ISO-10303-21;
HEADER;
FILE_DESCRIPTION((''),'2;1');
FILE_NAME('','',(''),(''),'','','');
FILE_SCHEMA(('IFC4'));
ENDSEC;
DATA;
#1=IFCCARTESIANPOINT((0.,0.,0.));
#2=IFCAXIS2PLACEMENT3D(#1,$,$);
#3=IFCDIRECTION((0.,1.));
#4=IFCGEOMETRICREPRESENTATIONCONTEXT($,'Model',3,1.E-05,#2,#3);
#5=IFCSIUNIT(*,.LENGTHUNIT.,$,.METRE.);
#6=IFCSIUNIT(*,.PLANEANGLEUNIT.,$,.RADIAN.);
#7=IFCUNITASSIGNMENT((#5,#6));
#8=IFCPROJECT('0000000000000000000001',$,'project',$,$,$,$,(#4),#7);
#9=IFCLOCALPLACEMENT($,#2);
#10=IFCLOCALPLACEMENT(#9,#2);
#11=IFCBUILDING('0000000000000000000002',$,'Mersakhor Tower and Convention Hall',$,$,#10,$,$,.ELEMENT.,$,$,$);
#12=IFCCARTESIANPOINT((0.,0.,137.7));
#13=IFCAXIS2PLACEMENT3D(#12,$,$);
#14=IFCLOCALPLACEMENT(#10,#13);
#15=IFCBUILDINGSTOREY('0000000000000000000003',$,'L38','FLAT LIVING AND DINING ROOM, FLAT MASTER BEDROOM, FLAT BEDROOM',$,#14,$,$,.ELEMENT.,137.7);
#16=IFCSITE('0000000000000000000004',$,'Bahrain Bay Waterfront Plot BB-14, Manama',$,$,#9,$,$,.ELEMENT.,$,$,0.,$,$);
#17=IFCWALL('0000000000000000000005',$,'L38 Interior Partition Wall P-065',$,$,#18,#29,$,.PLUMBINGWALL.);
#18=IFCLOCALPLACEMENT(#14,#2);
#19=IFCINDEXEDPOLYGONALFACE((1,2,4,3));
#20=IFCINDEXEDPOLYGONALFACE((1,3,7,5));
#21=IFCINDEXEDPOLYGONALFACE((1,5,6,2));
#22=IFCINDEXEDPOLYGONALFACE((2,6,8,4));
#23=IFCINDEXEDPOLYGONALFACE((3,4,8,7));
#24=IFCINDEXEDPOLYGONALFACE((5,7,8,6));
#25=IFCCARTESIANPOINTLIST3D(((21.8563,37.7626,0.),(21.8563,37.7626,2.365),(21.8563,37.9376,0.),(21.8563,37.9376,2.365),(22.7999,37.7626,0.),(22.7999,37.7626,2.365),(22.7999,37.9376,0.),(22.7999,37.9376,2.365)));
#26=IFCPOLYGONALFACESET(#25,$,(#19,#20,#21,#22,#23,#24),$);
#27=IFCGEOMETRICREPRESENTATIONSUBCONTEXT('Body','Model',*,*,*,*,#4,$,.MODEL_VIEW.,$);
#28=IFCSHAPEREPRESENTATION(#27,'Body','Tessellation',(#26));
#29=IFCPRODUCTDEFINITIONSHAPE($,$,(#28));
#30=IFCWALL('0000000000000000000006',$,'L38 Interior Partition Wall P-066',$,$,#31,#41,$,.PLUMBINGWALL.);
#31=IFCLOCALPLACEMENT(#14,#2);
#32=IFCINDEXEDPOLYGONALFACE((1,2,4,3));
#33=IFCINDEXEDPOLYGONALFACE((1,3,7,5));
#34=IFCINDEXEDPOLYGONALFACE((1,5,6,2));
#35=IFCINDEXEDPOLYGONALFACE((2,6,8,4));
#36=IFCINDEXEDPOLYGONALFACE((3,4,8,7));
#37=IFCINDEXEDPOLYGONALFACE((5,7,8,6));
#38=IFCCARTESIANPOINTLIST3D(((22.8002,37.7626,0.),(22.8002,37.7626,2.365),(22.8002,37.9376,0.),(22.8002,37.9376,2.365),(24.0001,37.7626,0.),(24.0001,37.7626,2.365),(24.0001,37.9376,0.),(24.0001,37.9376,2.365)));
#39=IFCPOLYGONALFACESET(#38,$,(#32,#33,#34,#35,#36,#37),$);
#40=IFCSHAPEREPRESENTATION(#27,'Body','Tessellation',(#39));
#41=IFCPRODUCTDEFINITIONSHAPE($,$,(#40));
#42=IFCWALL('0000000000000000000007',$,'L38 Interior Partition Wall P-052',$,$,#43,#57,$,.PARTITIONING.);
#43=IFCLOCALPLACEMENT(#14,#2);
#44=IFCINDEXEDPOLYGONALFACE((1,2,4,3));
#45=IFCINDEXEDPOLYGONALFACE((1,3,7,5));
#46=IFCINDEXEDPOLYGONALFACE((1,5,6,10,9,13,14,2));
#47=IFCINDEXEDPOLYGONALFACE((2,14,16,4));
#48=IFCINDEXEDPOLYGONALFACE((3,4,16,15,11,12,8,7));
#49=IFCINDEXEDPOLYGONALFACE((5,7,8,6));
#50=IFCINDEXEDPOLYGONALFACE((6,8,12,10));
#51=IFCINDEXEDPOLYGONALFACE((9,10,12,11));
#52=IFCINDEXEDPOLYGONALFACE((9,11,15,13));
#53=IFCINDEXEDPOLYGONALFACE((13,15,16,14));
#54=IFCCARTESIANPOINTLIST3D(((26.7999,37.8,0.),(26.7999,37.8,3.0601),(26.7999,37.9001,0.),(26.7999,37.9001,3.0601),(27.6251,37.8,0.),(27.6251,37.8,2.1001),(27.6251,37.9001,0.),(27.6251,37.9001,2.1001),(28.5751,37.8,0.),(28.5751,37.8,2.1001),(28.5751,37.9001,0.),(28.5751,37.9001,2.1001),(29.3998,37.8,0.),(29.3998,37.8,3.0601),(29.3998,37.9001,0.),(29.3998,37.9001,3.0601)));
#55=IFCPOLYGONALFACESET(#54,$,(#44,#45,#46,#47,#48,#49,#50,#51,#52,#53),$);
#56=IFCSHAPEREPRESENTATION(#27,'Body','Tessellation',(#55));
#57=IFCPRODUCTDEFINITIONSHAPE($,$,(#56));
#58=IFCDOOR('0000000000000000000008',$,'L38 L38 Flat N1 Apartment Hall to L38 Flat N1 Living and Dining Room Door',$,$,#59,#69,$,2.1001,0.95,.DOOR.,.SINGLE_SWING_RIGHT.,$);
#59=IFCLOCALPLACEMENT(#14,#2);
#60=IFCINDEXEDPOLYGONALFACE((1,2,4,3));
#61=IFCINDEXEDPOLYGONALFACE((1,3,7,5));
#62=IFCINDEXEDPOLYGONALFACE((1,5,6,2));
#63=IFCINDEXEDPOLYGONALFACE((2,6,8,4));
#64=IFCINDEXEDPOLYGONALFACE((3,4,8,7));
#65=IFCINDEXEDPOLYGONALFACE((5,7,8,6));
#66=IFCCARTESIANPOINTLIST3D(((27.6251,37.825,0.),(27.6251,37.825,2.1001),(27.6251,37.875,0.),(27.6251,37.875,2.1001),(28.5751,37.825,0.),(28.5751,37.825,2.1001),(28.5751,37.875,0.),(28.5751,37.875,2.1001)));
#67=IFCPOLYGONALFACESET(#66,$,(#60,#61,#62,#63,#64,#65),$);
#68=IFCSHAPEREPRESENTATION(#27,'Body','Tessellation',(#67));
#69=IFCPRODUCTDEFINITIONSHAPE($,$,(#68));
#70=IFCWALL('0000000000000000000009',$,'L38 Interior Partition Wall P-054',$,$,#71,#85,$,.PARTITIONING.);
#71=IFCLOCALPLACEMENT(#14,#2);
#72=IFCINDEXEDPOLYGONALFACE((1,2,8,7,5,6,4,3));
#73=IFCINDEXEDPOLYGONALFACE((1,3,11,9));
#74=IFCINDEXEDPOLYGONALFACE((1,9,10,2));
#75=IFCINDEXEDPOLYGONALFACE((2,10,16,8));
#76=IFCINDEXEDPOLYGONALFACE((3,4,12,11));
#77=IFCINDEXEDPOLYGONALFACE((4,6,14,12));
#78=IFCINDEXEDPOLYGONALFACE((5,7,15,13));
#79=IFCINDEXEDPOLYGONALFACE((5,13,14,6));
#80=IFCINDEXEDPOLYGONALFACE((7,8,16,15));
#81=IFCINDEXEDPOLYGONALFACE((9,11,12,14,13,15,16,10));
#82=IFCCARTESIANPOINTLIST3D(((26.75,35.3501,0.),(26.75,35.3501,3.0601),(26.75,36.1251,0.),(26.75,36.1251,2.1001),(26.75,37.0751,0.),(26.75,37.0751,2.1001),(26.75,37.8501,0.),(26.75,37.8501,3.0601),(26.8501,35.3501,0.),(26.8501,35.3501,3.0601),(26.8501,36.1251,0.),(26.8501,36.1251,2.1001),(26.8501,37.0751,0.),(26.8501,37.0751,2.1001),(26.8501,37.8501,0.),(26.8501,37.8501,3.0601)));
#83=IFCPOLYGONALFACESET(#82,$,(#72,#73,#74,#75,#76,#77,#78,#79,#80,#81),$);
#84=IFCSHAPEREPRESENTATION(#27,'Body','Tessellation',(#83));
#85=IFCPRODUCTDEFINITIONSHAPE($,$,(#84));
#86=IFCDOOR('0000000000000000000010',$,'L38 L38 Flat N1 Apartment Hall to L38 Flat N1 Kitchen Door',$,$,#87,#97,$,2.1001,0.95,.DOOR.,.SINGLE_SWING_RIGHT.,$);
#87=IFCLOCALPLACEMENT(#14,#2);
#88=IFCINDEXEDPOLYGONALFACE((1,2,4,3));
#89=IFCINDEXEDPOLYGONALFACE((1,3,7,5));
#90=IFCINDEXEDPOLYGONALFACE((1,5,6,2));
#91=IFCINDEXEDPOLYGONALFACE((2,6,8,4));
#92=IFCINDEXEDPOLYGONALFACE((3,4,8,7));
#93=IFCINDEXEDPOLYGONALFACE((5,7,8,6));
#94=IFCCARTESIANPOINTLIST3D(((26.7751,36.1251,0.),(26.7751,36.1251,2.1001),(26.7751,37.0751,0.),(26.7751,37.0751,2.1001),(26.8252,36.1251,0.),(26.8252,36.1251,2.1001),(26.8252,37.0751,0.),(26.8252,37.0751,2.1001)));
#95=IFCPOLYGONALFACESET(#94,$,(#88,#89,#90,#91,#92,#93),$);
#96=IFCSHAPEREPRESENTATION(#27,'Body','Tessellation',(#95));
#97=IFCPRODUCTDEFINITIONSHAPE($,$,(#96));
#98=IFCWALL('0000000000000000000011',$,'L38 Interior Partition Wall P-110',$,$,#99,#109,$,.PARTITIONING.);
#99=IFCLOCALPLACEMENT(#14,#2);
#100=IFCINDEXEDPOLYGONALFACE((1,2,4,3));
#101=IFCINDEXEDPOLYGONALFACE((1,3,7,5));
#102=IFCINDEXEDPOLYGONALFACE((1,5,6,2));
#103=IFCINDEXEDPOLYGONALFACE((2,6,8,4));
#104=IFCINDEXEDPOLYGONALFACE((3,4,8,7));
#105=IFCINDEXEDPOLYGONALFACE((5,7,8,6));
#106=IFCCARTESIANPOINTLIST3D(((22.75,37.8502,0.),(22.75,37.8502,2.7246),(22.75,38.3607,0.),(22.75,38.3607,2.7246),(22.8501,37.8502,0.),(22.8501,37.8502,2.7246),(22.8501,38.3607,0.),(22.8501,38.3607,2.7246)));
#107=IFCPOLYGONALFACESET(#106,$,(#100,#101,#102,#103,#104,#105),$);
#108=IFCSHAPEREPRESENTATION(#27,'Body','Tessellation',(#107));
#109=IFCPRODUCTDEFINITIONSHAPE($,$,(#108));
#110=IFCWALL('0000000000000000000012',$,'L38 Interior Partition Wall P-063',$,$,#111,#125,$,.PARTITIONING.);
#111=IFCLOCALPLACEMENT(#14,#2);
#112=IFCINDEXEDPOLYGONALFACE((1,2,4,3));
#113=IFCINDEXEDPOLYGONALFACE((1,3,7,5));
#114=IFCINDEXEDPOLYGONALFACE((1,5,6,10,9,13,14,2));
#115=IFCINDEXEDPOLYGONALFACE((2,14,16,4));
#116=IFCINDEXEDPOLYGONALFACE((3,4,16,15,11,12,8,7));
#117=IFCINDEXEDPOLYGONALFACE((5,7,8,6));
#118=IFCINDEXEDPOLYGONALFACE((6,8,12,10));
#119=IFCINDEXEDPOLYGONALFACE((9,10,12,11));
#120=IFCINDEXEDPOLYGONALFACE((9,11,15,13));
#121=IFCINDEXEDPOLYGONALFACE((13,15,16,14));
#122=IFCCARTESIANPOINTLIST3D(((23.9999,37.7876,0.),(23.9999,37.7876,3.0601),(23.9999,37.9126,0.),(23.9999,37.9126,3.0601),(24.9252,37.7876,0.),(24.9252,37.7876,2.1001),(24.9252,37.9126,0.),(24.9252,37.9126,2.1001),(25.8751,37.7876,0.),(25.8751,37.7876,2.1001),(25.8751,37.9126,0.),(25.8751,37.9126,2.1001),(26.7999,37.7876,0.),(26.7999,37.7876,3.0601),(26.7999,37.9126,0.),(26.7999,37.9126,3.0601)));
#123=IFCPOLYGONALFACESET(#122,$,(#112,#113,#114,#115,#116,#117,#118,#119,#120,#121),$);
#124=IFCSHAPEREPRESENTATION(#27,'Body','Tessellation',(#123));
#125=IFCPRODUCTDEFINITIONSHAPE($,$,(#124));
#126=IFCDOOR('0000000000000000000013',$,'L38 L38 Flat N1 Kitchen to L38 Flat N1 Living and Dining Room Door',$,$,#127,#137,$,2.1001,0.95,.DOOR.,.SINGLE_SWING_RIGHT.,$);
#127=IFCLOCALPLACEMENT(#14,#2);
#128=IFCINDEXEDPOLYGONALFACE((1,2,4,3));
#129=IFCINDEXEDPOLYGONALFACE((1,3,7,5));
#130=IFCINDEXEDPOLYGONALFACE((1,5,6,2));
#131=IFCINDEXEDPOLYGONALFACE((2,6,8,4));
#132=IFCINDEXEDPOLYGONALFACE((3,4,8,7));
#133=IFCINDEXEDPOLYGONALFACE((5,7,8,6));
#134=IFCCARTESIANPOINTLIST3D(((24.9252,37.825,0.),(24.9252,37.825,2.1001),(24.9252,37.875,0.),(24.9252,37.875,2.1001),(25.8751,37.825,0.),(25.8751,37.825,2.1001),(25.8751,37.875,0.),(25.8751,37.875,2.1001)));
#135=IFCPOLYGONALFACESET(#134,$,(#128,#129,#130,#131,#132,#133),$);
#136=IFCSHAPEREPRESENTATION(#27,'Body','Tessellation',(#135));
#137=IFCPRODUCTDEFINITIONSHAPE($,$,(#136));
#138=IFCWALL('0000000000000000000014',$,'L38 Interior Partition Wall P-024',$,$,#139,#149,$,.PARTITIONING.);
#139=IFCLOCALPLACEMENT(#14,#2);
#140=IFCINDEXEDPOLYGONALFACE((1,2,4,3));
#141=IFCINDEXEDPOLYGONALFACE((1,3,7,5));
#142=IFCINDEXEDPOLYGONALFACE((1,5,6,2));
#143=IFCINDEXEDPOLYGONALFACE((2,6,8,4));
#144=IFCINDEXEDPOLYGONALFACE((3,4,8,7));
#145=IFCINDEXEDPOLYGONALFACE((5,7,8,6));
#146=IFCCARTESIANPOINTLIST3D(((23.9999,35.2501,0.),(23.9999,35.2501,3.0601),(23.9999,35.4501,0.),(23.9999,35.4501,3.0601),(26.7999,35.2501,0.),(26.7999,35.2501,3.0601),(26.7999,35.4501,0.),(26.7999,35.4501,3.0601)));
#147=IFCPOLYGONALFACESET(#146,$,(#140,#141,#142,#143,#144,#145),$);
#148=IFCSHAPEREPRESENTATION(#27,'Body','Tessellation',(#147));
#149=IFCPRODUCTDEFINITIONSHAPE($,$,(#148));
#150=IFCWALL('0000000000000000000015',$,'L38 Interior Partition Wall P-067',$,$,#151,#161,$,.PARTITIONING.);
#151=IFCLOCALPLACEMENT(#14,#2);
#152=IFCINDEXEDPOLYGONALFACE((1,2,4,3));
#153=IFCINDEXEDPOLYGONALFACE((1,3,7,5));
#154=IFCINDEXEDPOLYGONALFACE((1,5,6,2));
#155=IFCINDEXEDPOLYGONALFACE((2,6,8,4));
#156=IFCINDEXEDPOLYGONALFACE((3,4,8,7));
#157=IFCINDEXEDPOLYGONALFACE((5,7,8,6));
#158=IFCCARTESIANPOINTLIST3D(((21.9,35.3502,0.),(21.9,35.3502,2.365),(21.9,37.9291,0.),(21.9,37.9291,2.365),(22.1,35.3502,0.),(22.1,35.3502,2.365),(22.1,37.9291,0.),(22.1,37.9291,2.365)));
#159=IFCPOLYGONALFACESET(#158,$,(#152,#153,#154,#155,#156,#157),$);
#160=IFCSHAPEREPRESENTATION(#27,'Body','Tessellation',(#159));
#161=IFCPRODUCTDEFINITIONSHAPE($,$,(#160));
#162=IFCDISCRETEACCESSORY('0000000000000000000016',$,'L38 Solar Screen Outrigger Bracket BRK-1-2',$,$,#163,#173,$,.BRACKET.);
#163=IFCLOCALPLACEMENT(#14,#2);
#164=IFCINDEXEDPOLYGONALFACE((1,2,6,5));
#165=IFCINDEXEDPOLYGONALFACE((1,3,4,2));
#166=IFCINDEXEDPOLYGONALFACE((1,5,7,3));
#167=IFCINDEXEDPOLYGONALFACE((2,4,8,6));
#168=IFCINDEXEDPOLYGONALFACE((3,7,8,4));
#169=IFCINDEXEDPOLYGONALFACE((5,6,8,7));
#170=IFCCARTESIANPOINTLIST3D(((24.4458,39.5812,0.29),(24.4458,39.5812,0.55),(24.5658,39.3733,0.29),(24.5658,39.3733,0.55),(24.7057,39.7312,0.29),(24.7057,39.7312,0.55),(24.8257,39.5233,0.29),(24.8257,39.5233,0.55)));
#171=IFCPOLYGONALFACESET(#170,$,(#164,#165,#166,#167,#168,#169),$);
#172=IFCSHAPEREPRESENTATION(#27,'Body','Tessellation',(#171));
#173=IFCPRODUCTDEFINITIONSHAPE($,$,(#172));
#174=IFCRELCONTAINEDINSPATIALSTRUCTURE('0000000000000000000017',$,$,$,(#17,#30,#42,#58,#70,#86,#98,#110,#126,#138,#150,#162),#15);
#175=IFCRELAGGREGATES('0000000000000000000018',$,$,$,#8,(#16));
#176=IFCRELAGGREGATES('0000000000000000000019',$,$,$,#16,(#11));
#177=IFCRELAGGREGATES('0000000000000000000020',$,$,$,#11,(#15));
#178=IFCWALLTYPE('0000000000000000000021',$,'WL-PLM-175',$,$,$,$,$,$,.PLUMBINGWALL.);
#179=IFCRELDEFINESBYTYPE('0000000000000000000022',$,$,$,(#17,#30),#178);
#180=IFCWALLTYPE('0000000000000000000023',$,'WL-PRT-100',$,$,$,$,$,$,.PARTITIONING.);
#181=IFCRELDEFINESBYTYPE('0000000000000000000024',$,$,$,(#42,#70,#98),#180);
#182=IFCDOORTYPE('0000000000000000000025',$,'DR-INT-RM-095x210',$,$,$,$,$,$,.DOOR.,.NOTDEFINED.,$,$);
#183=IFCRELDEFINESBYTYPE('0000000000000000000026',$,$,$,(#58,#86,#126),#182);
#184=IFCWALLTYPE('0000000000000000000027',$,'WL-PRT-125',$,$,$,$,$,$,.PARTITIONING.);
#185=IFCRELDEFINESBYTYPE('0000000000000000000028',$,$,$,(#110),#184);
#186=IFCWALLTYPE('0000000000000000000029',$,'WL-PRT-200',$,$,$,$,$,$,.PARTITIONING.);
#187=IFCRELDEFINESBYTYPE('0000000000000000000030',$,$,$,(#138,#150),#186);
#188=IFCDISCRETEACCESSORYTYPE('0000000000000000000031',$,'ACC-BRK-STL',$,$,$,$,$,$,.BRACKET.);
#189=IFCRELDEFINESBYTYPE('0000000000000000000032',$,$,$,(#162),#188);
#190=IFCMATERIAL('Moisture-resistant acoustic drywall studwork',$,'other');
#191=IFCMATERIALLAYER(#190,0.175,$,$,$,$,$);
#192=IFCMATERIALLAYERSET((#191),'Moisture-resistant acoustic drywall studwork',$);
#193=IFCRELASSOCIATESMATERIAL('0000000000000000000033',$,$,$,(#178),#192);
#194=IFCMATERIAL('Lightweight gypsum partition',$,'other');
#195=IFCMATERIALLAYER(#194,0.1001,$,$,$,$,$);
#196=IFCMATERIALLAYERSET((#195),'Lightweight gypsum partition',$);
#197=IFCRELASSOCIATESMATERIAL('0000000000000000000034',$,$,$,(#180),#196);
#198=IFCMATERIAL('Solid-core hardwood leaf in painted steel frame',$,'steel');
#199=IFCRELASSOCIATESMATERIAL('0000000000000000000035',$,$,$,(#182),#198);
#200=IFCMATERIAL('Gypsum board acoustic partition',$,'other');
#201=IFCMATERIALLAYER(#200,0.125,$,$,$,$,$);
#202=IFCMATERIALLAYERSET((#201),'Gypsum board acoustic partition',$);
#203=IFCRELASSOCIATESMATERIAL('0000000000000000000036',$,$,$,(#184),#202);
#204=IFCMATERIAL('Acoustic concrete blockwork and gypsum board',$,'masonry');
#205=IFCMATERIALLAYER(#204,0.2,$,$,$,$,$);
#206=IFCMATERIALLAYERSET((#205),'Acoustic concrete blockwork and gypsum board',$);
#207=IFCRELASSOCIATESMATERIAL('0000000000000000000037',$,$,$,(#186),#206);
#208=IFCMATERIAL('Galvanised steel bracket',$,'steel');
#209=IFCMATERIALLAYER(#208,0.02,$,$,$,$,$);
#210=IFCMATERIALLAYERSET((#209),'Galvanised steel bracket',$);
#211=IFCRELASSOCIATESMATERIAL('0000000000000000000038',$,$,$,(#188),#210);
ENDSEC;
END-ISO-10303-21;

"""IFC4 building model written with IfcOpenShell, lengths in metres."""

from ifc_helpers import new_model, si_unit, direction, frame, frame_2d, origin, origin_2d, place, context, subcontext, project, spatial, rectangle, extrude, material, layer, layer_set, type_object, element, fill, save


model = new_model("IFC4")

# Units and contexts
model_context = context("Model", 3, precision=1e-05, world=origin(), true_north=direction((0.0, 1.0)))
body_context = subcontext(model_context, "Body", "Model", "MODEL_VIEW")
ifc_project = project(units=[si_unit("LENGTHUNIT", "METRE"), si_unit("PLANEANGLEUNIT", "RADIAN")], contexts=[model_context])

# Site, building, storey
site_placement = place(None, origin())
site = spatial("IfcSite", under=ifc_project, at=site_placement, Name="Bahrain Bay Waterfront Plot BB-14, Manama", CompositionType="ELEMENT", RefElevation=0.0)
building_placement = place(site_placement, origin())
building = spatial("IfcBuilding", under=site, at=building_placement, Name="Mersakhor Tower and Convention Hall", CompositionType="ELEMENT")
storey_placement = place(building_placement, frame((0.0, 0.0, 137.7)))
storey = spatial("IfcBuildingStorey", under=building, at=storey_placement, Name="L38", Description="FLAT LIVING AND DINING ROOM, FLAT MASTER BEDROOM, FLAT BEDROOM", CompositionType="ELEMENT", Elevation=137.7)

# Shared definitions
ifc_material_1 = material(Name="Moisture-resistant acoustic drywall studwork", Category="other")
ifc_layer_1 = layer(ifc_material_1, 0.175)
ifc_layer_set_1 = layer_set([ifc_layer_1], Name="Moisture-resistant acoustic drywall studwork")
wall_type_1 = type_object("IfcWallType", Name="WL-PLM-175", PredefinedType="PLUMBINGWALL", material=ifc_layer_set_1)

# Walls
wall_1_placement = place(storey_placement, frame((21.8564, 37.8501, 0.0), z_axis=(0.0, 0.0, 1.0), x_axis=(1.0, 0.0, 0.0)))
element("IfcWall", 1, at=wall_1_placement, inside=storey, type_object=wall_type_1, Name="L38 Interior Partition Wall P-065", PredefinedType="PLUMBINGWALL", context=body_context, shape_type="SweptSolid", body=[
    extrude(rectangle(XDim=0.9436, YDim=0.175, at=frame_2d((0.4717, 0.0))), origin(), (0.0, 0.0, 1.0), 2.365),
])
wall_2_placement = place(storey_placement, frame((22.8, 37.8501, 0.0), z_axis=(0.0, 0.0, 1.0), x_axis=(1.0, 0.0, 0.0)))
element("IfcWall", 2, at=wall_2_placement, inside=storey, type_object=wall_type_1, Name="L38 Interior Partition Wall P-066", PredefinedType="PLUMBINGWALL", context=body_context, shape_type="SweptSolid", body=[
    extrude(rectangle(XDim=1.2, YDim=0.175, at=frame_2d((0.6001, 0.0))), origin(), (0.0, 0.0, 1.0), 2.365),
])

# Walls, openings, doors
ifc_material_2 = material(Name="Lightweight gypsum partition", Category="other")
ifc_layer_2 = layer(ifc_material_2, 0.1001)
ifc_layer_set_2 = layer_set([ifc_layer_2], Name="Lightweight gypsum partition")
wall_type_2 = type_object("IfcWallType", Name="WL-PRT-100", PredefinedType="PARTITIONING", material=ifc_layer_set_2)
wall_3_placement = place(storey_placement, frame((26.8, 37.8501, 0.0), z_axis=(0.0, 0.0, 1.0), x_axis=(1.0, 0.0, 0.0)))
wall_3 = element("IfcWall", 3, at=wall_3_placement, inside=storey, type_object=wall_type_2, Name="L38 Interior Partition Wall P-052", PredefinedType="PARTITIONING", context=body_context, shape_type="SweptSolid", body=[
    extrude(rectangle(XDim=2.5999, YDim=0.1001, at=frame_2d((1.2998, 0.0))), origin(), (0.0, 0.0, 1.0), 3.0601),
])
opening_1_placement = place(wall_3_placement, frame((0.825, 0.0, 0.0)))
opening_1 = element("IfcOpeningElement", 4, at=opening_1_placement, cuts=wall_3, PredefinedType="OPENING", context=body_context, shape_type="SweptSolid", body=[
    extrude(rectangle(XDim=0.95, YDim=2.1001, at=frame_2d((0.4751, 1.05))), frame((0.0, 0.0601, 0.0), z_axis=(0.0, -1.0, 0.0), x_axis=(1.0, 0.0, 0.0)), (0.0, 0.0, 1.0), 0.1201),
])
ifc_material_3 = material(Name="Solid-core hardwood leaf in painted steel frame", Category="steel")
door_type_1 = type_object("IfcDoorType", Name="DR-INT-RM-095x210", OperationType="NOTDEFINED", PredefinedType="DOOR", material=ifc_material_3)
door_1_placement = place(opening_1_placement, origin())
door_1 = element("IfcDoor", 5, at=door_1_placement, inside=storey, type_object=door_type_1, Name="L38 L38 Flat N1 Apartment Hall to L38 Flat N1 Living and Dining Room Door", OperationType="SINGLE_SWING_RIGHT", OverallHeight=2.1001, OverallWidth=0.95, PredefinedType="DOOR", context=body_context, shape_type="SweptSolid", body=[
    extrude(rectangle(XDim=0.95, YDim=2.1001, at=frame_2d((0.4751, 1.05))), frame((0.0, 0.0249, 0.0), z_axis=(0.0, -1.0, 0.0), x_axis=(1.0, 0.0, 0.0)), (0.0, 0.0, 1.0), 0.05),
])
fill(opening_1, door_1)
wall_4_placement = place(storey_placement, frame((26.8, 35.3501, 0.0), z_axis=(0.0, 0.0, 1.0), x_axis=(0.0, 1.0, 0.0)))
wall_4 = element("IfcWall", 6, at=wall_4_placement, inside=storey, type_object=wall_type_2, Name="L38 Interior Partition Wall P-054", PredefinedType="PARTITIONING", context=body_context, shape_type="SweptSolid", body=[
    extrude(rectangle(XDim=2.5, YDim=0.1001, at=frame_2d((1.25, 0.0))), origin(), (0.0, 0.0, 1.0), 3.0601),
])
opening_2_placement = place(wall_4_placement, frame((0.7749, 0.0, 0.0)))
opening_2 = element("IfcOpeningElement", 7, at=opening_2_placement, cuts=wall_4, PredefinedType="OPENING", context=body_context, shape_type="SweptSolid", body=[
    extrude(rectangle(XDim=0.95, YDim=2.1001, at=frame_2d((0.4751, 1.05))), frame((0.0, 0.0601, 0.0), z_axis=(0.0, -1.0, 0.0), x_axis=(1.0, 0.0, 0.0)), (0.0, 0.0, 1.0), 0.1201),
])
door_2_placement = place(opening_2_placement, origin())
door_2 = element("IfcDoor", 8, at=door_2_placement, inside=storey, type_object=door_type_1, Name="L38 L38 Flat N1 Apartment Hall to L38 Flat N1 Kitchen Door", OperationType="SINGLE_SWING_RIGHT", OverallHeight=2.1001, OverallWidth=0.95, PredefinedType="DOOR", context=body_context, shape_type="SweptSolid", body=[
    extrude(rectangle(XDim=0.95, YDim=2.1001, at=frame_2d((0.4751, 1.05))), frame((0.0, 0.0249, 0.0), z_axis=(0.0, -1.0, 0.0), x_axis=(1.0, 0.0, 0.0)), (0.0, 0.0, 1.0), 0.05),
])
fill(opening_2, door_2)

# Wall
wall_5_placement = place(storey_placement, frame((22.8, 37.8501, 0.0), z_axis=(0.0, 0.0, 1.0), x_axis=(0.0, 1.0, 0.0)))
element("IfcWall", 9, at=wall_5_placement, inside=storey, type_object=wall_type_2, Name="L38 Interior Partition Wall P-110", PredefinedType="PARTITIONING", context=body_context, shape_type="SweptSolid", body=[
    extrude(rectangle(XDim=0.5105, YDim=0.1001, at=frame_2d((0.2554, 0.0))), origin(), (0.0, 0.0, 1.0), 2.7246),
])

# Wall, opening, door
ifc_material_4 = material(Name="Gypsum board acoustic partition", Category="other")
ifc_layer_3 = layer(ifc_material_4, 0.125)
ifc_layer_set_3 = layer_set([ifc_layer_3], Name="Gypsum board acoustic partition")
wall_type_3 = type_object("IfcWallType", Name="WL-PRT-125", PredefinedType="PARTITIONING", material=ifc_layer_set_3)
wall_6_placement = place(storey_placement, frame((24.0, 37.8501, 0.0), z_axis=(0.0, 0.0, 1.0), x_axis=(1.0, 0.0, 0.0)))
wall_6 = element("IfcWall", 10, at=wall_6_placement, inside=storey, type_object=wall_type_3, Name="L38 Interior Partition Wall P-063", PredefinedType="PARTITIONING", context=body_context, shape_type="SweptSolid", body=[
    extrude(rectangle(XDim=2.8, YDim=0.125, at=frame_2d((1.3999, 0.0))), origin(), (0.0, 0.0, 1.0), 3.0601),
])
opening_3_placement = place(wall_6_placement, frame((0.925, 0.0, 0.0)))
opening_3 = element("IfcOpeningElement", 11, at=opening_3_placement, cuts=wall_6, PredefinedType="OPENING", context=body_context, shape_type="SweptSolid", body=[
    extrude(rectangle(XDim=0.95, YDim=2.1001, at=frame_2d((0.4751, 1.05))), frame((0.0, 0.0725, 0.0), z_axis=(0.0, -1.0, 0.0), x_axis=(1.0, 0.0, 0.0)), (0.0, 0.0, 1.0), 0.145),
])
door_3_placement = place(opening_3_placement, origin())
door_3 = element("IfcDoor", 12, at=door_3_placement, inside=storey, type_object=door_type_1, Name="L38 L38 Flat N1 Kitchen to L38 Flat N1 Living and Dining Room Door", OperationType="SINGLE_SWING_RIGHT", OverallHeight=2.1001, OverallWidth=0.95, PredefinedType="DOOR", context=body_context, shape_type="SweptSolid", body=[
    extrude(rectangle(XDim=0.95, YDim=2.1001, at=frame_2d((0.4751, 1.05))), frame((0.0, 0.0249, 0.0), z_axis=(0.0, -1.0, 0.0), x_axis=(1.0, 0.0, 0.0)), (0.0, 0.0, 1.0), 0.05),
])
fill(opening_3, door_3)

# Wall
ifc_material_5 = material(Name="Acoustic concrete blockwork and gypsum board", Category="masonry")
ifc_layer_4 = layer(ifc_material_5, 0.2)
ifc_layer_set_4 = layer_set([ifc_layer_4], Name="Acoustic concrete blockwork and gypsum board")
wall_type_4 = type_object("IfcWallType", Name="WL-PRT-200", PredefinedType="PARTITIONING", material=ifc_layer_set_4)
wall_7_placement = place(storey_placement, frame((24.0, 35.3501, 0.0), z_axis=(0.0, 0.0, 1.0), x_axis=(1.0, 0.0, 0.0)))
element("IfcWall", 13, at=wall_7_placement, inside=storey, type_object=wall_type_4, Name="L38 Interior Partition Wall P-024", PredefinedType="PARTITIONING", context=body_context, shape_type="SweptSolid", body=[
    extrude(rectangle(XDim=2.8, YDim=0.2, at=frame_2d((1.3999, 0.0))), origin(), (0.0, 0.0, 1.0), 3.0601),
])

# Wall
wall_8_placement = place(storey_placement, frame((22.0, 35.3501, 0.0), z_axis=(0.0, 0.0, 1.0), x_axis=(0.0, 1.0, 0.0)))
element("IfcWall", 14, at=wall_8_placement, inside=storey, type_object=wall_type_4, Name="L38 Interior Partition Wall P-067", PredefinedType="PARTITIONING", context=body_context, shape_type="SweptSolid", body=[
    extrude(rectangle(XDim=2.5789, YDim=0.2, at=frame_2d((1.2896, 0.0))), origin(), (0.0, 0.0, 1.0), 2.365),
])

# Discrete accessory
ifc_material_6 = material(Name="Galvanised steel bracket", Category="steel")
ifc_layer_5 = layer(ifc_material_6, 0.02)
ifc_layer_set_5 = layer_set([ifc_layer_5], Name="Galvanised steel bracket")
discrete_accessory_type = type_object("IfcDiscreteAccessoryType", Name="ACC-BRK-STL", PredefinedType="BRACKET", material=ifc_layer_set_5)
discrete_accessory_1_placement = place(storey_placement, frame((24.6357, 39.5522, 0.29), z_axis=(0.0, 0.0, 1.0), x_axis=(0.866025, 0.5, 0.0)))
element("IfcDiscreteAccessory", 15, at=discrete_accessory_1_placement, inside=storey, type_object=discrete_accessory_type, Name="L38 Solar Screen Outrigger Bracket BRK-1-2", PredefinedType="BRACKET", context=body_context, shape_type="SweptSolid", body=[
    extrude(rectangle(XDim=0.3, YDim=0.24, at=origin_2d()), origin(), (0.0, 0.0, 1.0), 0.26),
])

save(model, "model.ifc")
